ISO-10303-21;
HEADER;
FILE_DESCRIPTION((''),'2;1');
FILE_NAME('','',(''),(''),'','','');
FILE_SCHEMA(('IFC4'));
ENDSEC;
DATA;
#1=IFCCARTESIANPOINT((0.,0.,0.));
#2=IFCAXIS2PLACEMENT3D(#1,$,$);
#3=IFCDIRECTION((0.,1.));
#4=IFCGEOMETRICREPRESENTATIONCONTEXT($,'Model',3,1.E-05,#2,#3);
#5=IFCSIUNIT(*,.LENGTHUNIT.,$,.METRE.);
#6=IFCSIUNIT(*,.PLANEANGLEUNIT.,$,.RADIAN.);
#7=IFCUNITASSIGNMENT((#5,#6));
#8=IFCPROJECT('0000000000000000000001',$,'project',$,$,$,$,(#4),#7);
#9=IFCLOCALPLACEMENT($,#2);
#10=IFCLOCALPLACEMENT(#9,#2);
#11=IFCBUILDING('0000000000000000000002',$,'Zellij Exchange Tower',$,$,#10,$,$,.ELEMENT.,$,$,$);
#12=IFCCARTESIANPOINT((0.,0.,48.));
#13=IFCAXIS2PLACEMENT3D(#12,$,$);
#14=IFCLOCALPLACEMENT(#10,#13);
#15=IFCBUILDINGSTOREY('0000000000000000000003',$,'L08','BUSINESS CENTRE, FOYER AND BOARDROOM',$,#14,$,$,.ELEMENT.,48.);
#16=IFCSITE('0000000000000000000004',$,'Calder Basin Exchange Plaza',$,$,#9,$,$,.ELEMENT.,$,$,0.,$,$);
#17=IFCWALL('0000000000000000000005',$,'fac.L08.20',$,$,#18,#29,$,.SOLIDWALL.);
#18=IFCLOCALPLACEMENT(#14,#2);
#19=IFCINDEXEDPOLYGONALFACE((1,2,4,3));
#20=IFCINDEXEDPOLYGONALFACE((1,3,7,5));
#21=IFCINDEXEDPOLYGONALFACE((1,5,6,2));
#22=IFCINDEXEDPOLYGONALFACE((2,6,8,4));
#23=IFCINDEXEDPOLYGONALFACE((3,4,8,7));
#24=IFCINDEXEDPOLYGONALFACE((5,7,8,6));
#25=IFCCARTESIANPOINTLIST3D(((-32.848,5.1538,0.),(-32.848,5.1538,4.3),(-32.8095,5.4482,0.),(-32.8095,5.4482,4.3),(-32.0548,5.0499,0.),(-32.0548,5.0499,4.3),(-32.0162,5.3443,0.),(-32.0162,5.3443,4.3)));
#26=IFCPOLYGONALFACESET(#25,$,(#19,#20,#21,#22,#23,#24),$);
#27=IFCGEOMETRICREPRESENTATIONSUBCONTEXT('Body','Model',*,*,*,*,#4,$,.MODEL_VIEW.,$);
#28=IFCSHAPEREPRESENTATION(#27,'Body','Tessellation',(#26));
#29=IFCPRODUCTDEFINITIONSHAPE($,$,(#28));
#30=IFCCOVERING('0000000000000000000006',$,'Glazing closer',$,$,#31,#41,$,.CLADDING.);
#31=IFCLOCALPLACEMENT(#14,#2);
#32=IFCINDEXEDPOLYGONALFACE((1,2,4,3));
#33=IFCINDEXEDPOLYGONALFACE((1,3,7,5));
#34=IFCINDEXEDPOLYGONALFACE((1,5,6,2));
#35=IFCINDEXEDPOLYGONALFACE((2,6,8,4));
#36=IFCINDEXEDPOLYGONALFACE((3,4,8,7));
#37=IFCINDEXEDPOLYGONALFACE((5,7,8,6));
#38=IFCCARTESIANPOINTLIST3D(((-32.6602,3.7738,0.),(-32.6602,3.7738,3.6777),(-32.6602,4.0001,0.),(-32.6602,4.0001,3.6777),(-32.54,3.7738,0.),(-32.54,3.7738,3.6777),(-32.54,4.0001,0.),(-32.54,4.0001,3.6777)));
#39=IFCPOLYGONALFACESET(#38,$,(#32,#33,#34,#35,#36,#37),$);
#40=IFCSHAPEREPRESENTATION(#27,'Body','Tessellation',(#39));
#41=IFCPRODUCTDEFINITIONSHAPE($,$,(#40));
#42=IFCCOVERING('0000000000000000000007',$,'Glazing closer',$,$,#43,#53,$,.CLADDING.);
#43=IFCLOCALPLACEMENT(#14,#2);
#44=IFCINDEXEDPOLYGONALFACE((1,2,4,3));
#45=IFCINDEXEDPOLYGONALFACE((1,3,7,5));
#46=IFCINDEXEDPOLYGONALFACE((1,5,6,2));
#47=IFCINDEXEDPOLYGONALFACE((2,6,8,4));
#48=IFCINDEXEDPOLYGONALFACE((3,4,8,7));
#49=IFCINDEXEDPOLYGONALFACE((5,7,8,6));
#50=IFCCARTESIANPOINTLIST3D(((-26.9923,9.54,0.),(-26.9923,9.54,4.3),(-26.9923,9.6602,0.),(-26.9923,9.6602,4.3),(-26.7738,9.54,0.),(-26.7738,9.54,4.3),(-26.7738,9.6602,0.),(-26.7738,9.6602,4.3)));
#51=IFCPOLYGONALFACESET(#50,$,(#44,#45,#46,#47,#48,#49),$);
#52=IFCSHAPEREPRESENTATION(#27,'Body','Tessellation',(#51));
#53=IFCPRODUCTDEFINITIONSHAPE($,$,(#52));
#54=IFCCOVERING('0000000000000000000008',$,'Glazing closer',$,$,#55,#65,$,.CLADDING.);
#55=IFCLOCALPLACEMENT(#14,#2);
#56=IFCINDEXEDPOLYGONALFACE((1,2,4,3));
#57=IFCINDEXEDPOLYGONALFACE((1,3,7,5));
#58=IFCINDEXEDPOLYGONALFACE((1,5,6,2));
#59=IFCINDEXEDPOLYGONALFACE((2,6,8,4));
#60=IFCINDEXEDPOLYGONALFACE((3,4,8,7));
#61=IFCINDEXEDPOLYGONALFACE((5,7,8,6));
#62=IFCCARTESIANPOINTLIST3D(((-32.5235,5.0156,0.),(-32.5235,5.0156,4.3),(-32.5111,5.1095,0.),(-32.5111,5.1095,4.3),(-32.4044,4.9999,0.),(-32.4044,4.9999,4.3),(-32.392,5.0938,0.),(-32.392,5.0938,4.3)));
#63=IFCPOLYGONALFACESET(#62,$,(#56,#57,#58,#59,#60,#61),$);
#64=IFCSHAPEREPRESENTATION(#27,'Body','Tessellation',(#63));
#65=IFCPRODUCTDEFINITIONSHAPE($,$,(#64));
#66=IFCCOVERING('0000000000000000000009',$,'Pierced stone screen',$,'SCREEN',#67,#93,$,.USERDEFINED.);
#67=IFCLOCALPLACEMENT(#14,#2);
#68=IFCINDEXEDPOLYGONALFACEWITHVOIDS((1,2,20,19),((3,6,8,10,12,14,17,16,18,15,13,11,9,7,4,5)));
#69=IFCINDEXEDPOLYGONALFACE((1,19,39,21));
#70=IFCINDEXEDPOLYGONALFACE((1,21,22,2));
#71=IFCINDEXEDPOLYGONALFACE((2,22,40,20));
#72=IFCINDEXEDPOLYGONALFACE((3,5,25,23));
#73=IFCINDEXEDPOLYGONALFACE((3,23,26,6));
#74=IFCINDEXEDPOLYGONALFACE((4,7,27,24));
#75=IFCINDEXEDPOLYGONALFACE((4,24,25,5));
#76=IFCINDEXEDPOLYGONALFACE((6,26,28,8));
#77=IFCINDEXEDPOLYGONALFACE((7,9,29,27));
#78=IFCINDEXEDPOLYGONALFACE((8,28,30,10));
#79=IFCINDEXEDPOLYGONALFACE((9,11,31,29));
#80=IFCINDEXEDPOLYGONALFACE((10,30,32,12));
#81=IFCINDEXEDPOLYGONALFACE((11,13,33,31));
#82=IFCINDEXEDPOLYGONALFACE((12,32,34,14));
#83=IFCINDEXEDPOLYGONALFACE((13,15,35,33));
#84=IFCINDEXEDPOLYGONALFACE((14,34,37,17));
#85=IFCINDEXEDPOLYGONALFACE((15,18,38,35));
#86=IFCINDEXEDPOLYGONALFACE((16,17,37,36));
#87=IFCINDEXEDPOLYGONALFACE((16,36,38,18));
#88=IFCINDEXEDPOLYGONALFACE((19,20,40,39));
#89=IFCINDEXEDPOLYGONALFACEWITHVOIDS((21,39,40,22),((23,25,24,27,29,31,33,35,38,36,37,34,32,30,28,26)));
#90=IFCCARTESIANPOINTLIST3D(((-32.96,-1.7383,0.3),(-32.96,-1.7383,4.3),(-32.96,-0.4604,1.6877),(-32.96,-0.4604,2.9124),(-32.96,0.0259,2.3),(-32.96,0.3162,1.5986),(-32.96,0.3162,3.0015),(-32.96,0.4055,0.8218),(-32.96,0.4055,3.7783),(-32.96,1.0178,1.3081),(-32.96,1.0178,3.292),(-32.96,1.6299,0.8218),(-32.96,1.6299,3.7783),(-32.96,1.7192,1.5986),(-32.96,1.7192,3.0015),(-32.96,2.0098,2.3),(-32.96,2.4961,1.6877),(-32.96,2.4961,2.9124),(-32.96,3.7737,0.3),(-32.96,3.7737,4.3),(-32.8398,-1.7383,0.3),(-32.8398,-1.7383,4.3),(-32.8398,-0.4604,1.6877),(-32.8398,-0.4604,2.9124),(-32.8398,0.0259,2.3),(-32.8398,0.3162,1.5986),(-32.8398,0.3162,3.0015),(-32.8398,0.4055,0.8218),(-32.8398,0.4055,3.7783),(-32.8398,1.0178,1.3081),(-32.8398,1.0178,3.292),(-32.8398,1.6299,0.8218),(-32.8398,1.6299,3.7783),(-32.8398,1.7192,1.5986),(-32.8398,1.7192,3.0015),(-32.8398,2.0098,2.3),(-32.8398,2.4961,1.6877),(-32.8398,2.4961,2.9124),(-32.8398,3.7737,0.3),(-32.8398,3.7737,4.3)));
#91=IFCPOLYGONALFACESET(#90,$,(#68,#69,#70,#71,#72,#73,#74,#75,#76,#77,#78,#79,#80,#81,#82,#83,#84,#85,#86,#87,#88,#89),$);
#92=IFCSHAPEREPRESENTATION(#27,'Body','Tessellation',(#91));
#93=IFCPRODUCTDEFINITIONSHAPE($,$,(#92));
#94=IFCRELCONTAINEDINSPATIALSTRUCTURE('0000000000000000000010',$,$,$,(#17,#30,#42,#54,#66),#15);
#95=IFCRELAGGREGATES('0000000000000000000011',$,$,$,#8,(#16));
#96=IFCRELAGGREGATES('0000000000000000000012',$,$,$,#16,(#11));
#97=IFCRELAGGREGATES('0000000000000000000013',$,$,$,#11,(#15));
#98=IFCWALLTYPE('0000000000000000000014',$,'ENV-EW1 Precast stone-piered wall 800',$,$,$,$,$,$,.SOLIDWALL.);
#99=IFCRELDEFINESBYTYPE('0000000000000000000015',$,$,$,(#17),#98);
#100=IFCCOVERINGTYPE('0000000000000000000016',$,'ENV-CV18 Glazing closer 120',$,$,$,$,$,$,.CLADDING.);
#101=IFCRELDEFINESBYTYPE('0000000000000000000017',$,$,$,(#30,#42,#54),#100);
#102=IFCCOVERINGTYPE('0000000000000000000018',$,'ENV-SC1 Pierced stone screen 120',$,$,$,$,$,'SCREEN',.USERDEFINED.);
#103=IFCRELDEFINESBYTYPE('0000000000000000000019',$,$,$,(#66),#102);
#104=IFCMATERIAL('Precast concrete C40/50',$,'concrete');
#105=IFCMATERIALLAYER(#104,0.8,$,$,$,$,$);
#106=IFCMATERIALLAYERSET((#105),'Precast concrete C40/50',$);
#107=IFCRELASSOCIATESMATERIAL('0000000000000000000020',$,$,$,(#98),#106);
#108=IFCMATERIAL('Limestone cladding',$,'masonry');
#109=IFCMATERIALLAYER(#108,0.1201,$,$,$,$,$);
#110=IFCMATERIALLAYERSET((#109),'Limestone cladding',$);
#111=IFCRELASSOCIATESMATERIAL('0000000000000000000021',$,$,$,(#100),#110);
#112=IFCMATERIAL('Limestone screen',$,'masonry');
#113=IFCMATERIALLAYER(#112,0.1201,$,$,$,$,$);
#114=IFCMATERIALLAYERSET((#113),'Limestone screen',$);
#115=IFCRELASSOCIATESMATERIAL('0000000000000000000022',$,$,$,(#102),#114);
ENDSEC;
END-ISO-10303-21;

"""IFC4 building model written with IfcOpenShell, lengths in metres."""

from ifc_helpers import new_model, si_unit, direction, frame, frame_2d, origin, origin_2d, place, context, subcontext, project, spatial, polyline, rectangle, outline, extrude, material, layer, layer_set, type_object, element, save


model = new_model("IFC4")

# Units and contexts
model_context = context("Model", 3, precision=1e-05, world=origin(), true_north=direction((0.0, 1.0)))
body_context = subcontext(model_context, "Body", "Model", "MODEL_VIEW")
ifc_project = project(units=[si_unit("LENGTHUNIT", "METRE"), si_unit("PLANEANGLEUNIT", "RADIAN")], contexts=[model_context])

# Site, building, storey
site_placement = place(None, origin())
site = spatial("IfcSite", under=ifc_project, at=site_placement, Name="Calder Basin Exchange Plaza", CompositionType="ELEMENT", RefElevation=0.0)
building_placement = place(site_placement, origin())
building = spatial("IfcBuilding", under=site, at=building_placement, Name="Zellij Exchange Tower", CompositionType="ELEMENT")
storey_placement = place(building_placement, frame((0.0, 0.0, 48.0)))
storey = spatial("IfcBuildingStorey", under=building, at=storey_placement, Name="L08", Description="BUSINESS CENTRE, FOYER AND BOARDROOM", CompositionType="ELEMENT", Elevation=48.0)

# Wall
ifc_material_1 = material(Name="Precast concrete C40/50", Category="concrete")
ifc_layer_1 = layer(ifc_material_1, 0.8)
ifc_layer_set_1 = layer_set([ifc_layer_1], Name="Precast concrete C40/50")
wall_type = type_object("IfcWallType", Name="ENV-EW1 Precast stone-piered wall 800", PredefinedType="SOLIDWALL", material=ifc_layer_set_1)
wall_1_placement = place(storey_placement, frame((-32.4128, 5.3962, 0.0), z_axis=(0.0, 0.0, 1.0), x_axis=(-0.129902, -0.991527, 0.0)))
element("IfcWall", 1, at=wall_1_placement, inside=storey, type_object=wall_type, Name="fac.L08.20", PredefinedType="SOLIDWALL", context=body_context, shape_type="SweptSolid", body=[
    extrude(rectangle(XDim=0.2969, YDim=0.8, at=frame_2d((0.1484, 0.0))), origin(), (0.0, 0.0, 1.0), 4.3),
])

# Coverings
ifc_material_2 = material(Name="Limestone cladding", Category="masonry")
ifc_layer_2 = layer(ifc_material_2, 0.1201)
ifc_layer_set_2 = layer_set([ifc_layer_2], Name="Limestone cladding")
covering_type_1 = type_object("IfcCoveringType", Name="ENV-CV18 Glazing closer 120", PredefinedType="CLADDING", material=ifc_layer_set_2)
covering_1_placement = place(storey_placement, frame((-32.6001, 3.887, 0.0), z_axis=(0.0, 0.0, 1.0), x_axis=(0.0, 1.0, 0.0)))
element("IfcCovering", 2, at=covering_1_placement, inside=storey, type_object=covering_type_1, Name="Glazing closer", PredefinedType="CLADDING", context=body_context, shape_type="SweptSolid", body=[
    extrude(rectangle(XDim=0.2263, YDim=0.1201, at=origin_2d()), origin(), (0.0, 0.0, 1.0), 3.6777),
])
covering_2_placement = place(storey_placement, frame((-26.8831, 9.6001, 0.0), z_axis=(0.0, 0.0, 1.0), x_axis=(-1.0, 0.0, 0.0)))
element("IfcCovering", 3, at=covering_2_placement, inside=storey, type_object=covering_type_1, Name="Glazing closer", PredefinedType="CLADDING", context=body_context, shape_type="SweptSolid", body=[
    extrude(rectangle(XDim=0.2185, YDim=0.1201, at=origin_2d()), origin(), (0.0, 0.0, 1.0), 4.3),
])
covering_3_placement = place(storey_placement, frame((-32.4578, 5.0547, 0.0), z_axis=(0.0, 0.0, 1.0), x_axis=(-0.130499, -0.991449, 0.0)))
element("IfcCovering", 4, at=covering_3_placement, inside=storey, type_object=covering_type_1, Name="Glazing closer", PredefinedType="CLADDING", context=body_context, shape_type="SweptSolid", body=[
    extrude(rectangle(XDim=0.0947, YDim=0.1201, at=origin_2d()), origin(), (0.0, 0.0, 1.0), 4.3),
])
ifc_material_3 = material(Name="Limestone screen", Category="masonry")
ifc_layer_3 = layer(ifc_material_3, 0.1201)
ifc_layer_set_3 = layer_set([ifc_layer_3], Name="Limestone screen")
covering_type_2 = type_object("IfcCoveringType", Name="ENV-SC1 Pierced stone screen 120", ElementType="SCREEN", PredefinedType="USERDEFINED", material=ifc_layer_set_3)
covering_4_placement = place(storey_placement, frame((-32.8999, 3.7737, 0.3), z_axis=(0.0, 0.0, 1.0), x_axis=(0.0, -1.0, 0.0)))
element("IfcCovering", 5, at=covering_4_placement, inside=storey, type_object=covering_type_2, Name="Pierced stone screen", ObjectType="SCREEN", PredefinedType="USERDEFINED", context=body_context, shape_type="SweptSolid", body=[
    extrude(outline(polyline([(0.0, 0.0), (5.512, 0.0), (5.512, 4.0), (0.0, 4.0), (0.0, 0.0)]), holes=[polyline([(4.2341, 2.6123), (3.4575, 2.7014), (3.3682, 3.4783), (2.7559, 2.9919), (2.1438, 3.4783), (2.0544, 2.7014), (1.2776, 2.6123), (1.7639, 2.0), (1.2776, 1.3877), (2.0544, 1.2986), (2.1438, 0.5217), (2.7559, 1.0081), (3.3682, 0.5217), (3.4575, 1.2986), (4.2341, 1.3877), (3.7478, 2.0), (4.2341, 2.6123)])]), frame((0.0, 0.0601, 0.0), z_axis=(0.0, -1.0, 0.0), x_axis=(1.0, 0.0, 0.0)), (0.0, 0.0, 1.0), 0.1201),
])

save(model, "model.ifc")
